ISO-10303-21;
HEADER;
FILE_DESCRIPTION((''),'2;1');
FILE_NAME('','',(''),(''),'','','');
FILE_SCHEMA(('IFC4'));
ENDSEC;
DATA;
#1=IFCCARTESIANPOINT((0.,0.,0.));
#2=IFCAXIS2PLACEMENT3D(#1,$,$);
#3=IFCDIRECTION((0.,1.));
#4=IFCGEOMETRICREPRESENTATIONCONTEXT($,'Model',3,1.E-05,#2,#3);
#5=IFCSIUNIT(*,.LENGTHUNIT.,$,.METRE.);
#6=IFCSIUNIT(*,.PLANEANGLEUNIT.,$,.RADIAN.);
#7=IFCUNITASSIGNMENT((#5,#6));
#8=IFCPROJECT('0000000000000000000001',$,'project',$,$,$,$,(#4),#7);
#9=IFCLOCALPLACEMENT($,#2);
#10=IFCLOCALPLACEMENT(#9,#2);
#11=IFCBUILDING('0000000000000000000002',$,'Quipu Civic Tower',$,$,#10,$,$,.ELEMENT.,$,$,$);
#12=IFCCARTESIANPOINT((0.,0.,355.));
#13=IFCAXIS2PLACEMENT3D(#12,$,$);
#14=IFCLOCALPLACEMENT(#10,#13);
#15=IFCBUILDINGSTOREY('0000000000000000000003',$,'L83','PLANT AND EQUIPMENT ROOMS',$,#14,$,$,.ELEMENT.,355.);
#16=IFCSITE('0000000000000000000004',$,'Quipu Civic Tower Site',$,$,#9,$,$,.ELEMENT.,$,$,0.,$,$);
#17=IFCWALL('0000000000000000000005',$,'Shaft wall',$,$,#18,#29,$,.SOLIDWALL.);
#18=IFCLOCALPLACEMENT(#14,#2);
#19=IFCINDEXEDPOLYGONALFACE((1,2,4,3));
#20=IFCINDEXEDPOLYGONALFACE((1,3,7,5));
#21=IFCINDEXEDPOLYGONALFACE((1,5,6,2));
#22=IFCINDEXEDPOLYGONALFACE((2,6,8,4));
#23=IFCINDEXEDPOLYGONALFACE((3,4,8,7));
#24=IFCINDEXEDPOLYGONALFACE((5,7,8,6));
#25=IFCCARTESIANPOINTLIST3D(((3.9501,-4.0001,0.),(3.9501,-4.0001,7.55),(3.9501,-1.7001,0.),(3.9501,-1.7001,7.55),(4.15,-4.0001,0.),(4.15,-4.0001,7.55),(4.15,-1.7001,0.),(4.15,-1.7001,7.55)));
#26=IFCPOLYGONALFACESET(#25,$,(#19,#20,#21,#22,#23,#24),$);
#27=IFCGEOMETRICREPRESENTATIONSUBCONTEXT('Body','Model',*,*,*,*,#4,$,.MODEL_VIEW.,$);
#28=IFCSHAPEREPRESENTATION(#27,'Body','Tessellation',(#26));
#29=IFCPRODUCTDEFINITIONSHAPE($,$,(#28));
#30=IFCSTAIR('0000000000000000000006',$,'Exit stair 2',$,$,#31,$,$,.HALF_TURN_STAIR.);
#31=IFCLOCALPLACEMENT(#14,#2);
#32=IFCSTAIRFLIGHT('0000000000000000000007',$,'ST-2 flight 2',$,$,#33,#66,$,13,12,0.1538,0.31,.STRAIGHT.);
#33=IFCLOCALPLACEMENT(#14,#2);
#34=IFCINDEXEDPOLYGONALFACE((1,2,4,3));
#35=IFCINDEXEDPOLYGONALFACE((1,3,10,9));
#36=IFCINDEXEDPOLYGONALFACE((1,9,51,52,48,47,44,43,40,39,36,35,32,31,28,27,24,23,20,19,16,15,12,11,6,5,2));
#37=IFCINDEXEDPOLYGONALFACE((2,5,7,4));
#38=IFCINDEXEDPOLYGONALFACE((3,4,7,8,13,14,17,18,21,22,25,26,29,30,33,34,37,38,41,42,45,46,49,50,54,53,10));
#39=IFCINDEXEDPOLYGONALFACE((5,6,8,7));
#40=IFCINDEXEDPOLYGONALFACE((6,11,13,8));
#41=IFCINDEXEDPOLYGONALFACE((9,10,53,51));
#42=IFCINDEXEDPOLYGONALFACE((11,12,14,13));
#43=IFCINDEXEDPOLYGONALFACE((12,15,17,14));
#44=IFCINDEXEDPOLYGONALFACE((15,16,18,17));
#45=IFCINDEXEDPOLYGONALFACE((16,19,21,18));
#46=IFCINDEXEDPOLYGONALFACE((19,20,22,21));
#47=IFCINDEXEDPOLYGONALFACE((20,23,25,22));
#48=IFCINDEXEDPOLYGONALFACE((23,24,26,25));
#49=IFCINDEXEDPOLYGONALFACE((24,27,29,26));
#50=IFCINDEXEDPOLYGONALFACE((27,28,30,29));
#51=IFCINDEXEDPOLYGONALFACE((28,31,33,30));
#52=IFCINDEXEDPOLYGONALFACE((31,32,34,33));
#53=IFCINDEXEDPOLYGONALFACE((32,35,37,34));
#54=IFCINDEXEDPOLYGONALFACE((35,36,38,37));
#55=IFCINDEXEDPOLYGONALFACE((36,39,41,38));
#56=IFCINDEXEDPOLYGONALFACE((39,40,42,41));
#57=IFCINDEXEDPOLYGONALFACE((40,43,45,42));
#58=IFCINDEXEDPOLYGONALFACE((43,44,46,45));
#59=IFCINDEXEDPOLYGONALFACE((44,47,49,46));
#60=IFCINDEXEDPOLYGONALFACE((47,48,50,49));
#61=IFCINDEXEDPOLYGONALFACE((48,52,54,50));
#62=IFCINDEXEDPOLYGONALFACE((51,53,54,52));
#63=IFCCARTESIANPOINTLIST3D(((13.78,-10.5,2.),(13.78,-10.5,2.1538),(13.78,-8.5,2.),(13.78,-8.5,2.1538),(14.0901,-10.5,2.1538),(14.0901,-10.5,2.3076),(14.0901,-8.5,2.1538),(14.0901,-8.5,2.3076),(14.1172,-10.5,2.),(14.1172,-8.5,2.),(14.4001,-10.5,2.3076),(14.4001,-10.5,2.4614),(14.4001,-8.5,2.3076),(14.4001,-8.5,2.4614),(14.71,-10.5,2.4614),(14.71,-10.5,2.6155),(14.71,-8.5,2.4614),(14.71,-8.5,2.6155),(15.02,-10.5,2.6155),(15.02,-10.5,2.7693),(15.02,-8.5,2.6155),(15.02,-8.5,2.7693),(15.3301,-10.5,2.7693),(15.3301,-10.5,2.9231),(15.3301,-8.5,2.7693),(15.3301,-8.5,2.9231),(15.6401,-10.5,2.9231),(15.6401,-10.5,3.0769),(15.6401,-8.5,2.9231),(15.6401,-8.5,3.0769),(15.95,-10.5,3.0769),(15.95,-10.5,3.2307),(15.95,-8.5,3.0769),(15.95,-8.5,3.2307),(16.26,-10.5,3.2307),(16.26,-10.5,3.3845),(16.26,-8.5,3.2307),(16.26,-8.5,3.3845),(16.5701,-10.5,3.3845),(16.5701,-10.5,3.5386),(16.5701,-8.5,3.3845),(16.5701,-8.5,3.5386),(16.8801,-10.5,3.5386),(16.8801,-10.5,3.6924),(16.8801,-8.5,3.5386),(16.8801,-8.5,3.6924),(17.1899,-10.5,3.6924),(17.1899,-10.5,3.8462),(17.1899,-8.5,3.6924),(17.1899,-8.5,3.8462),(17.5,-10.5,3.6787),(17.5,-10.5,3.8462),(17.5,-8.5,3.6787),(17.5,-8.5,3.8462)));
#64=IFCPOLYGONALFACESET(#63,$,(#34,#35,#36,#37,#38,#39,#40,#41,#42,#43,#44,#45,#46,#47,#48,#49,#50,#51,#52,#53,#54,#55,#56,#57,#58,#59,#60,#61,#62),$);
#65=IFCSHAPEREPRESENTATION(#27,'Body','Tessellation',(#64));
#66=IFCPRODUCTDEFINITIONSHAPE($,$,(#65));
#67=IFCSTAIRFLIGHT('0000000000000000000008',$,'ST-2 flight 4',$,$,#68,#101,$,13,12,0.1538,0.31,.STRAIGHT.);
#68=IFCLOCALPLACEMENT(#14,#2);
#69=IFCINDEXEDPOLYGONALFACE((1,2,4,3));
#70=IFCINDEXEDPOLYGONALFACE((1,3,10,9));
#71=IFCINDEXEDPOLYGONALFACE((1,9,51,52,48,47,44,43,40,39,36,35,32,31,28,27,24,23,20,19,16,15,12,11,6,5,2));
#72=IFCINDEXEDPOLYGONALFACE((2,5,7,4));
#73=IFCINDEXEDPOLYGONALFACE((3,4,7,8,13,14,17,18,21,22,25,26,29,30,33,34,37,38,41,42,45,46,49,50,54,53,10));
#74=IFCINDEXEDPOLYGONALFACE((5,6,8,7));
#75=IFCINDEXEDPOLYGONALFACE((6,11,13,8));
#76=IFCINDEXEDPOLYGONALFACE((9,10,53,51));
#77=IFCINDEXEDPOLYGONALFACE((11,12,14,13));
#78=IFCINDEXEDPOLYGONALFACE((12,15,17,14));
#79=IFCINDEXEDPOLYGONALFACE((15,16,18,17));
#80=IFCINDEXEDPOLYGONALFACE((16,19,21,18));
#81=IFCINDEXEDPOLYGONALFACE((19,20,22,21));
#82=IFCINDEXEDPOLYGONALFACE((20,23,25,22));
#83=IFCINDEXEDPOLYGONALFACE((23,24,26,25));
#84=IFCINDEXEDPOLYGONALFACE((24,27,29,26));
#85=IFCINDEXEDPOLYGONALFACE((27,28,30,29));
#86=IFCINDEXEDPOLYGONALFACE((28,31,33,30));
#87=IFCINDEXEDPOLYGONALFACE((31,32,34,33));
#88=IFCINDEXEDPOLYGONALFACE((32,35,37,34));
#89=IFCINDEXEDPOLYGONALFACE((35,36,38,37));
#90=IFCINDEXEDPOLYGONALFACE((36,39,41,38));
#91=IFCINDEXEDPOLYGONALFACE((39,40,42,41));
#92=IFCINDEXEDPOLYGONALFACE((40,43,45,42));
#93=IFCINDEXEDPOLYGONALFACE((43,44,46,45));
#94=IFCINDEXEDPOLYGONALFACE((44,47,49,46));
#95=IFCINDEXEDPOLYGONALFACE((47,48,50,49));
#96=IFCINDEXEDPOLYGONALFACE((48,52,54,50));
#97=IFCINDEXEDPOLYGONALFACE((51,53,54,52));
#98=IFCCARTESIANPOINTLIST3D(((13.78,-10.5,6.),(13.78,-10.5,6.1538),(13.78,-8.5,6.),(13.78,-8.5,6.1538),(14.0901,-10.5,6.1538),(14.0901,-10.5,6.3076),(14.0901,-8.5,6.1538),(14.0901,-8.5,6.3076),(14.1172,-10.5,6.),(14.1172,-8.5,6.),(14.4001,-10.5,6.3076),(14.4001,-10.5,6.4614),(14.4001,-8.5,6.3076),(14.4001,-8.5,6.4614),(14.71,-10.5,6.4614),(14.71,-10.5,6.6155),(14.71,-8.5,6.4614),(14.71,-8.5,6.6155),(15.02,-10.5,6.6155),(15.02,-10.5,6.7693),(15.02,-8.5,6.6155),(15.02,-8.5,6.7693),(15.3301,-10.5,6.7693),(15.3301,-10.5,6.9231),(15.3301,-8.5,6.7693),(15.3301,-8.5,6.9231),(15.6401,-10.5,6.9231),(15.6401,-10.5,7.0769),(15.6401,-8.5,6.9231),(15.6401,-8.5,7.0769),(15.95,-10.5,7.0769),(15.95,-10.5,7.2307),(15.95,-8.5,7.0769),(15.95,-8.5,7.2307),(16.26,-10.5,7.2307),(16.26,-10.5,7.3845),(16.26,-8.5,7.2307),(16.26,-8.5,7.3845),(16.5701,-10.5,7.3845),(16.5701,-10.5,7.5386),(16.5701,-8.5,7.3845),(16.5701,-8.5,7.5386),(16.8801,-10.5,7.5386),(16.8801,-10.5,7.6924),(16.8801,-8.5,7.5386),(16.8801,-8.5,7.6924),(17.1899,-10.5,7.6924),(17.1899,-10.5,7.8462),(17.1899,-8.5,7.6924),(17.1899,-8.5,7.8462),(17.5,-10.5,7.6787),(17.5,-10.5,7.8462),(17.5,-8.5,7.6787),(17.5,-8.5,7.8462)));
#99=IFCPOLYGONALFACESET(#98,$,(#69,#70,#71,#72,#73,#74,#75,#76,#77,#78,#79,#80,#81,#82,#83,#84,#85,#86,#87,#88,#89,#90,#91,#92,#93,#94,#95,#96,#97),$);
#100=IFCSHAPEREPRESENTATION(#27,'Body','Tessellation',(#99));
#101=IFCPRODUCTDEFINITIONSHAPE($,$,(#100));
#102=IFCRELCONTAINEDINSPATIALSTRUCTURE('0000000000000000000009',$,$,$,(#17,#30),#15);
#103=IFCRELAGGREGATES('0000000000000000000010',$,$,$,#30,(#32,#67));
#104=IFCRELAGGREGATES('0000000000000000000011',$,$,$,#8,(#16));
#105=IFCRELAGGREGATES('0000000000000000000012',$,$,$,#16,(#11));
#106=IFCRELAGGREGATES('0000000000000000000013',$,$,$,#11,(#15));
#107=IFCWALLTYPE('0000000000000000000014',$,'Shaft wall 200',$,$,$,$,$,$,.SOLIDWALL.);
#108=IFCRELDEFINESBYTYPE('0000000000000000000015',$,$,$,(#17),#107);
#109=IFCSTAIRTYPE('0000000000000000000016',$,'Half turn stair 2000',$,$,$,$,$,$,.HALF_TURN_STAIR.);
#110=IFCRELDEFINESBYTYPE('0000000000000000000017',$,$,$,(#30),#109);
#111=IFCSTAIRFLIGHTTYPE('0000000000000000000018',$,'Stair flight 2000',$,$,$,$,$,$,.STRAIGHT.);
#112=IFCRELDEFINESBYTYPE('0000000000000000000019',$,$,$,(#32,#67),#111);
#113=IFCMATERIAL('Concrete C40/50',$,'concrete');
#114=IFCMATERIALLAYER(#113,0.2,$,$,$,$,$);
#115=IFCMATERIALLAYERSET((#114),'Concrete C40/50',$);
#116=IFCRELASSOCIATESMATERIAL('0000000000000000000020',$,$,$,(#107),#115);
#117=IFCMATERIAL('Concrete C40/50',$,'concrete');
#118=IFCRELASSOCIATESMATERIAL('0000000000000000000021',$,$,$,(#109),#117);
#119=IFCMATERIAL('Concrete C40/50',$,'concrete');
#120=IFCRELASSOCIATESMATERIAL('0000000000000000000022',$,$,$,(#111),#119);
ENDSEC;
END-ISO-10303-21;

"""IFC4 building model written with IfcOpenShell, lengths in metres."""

from ifc_helpers import new_model, si_unit, direction, frame, frame_2d, origin, place, context, subcontext, project, spatial, polyline, rectangle, outline, extrude, material, layer, layer_set, type_object, element, aggregate, save


model = new_model("IFC4")

# Units and contexts
model_context = context("Model", 3, precision=1e-05, world=origin(), true_north=direction((0.0, 1.0)))
body_context = subcontext(model_context, "Body", "Model", "MODEL_VIEW")
ifc_project = project(units=[si_unit("LENGTHUNIT", "METRE"), si_unit("PLANEANGLEUNIT", "RADIAN")], contexts=[model_context])

# Site, building, storey
site_placement = place(None, origin())
site = spatial("IfcSite", under=ifc_project, at=site_placement, Name="Quipu Civic Tower Site", CompositionType="ELEMENT", RefElevation=0.0)
building_placement = place(site_placement, origin())
building = spatial("IfcBuilding", under=site, at=building_placement, Name="Quipu Civic Tower", CompositionType="ELEMENT")
storey_placement = place(building_placement, frame((0.0, 0.0, 355.0)))
storey = spatial("IfcBuildingStorey", under=building, at=storey_placement, Name="L83", Description="PLANT AND EQUIPMENT ROOMS", CompositionType="ELEMENT", Elevation=355.0)

# Wall
ifc_material_1 = material(Name="Concrete C40/50", Category="concrete")
ifc_layer_1 = layer(ifc_material_1, 0.2)
ifc_layer_set_1 = layer_set([ifc_layer_1], Name="Concrete C40/50")
wall_type_1 = type_object("IfcWallType", Name="Shaft wall 200", PredefinedType="SOLIDWALL", material=ifc_layer_set_1)
for number, where, z_axis, x_axis, name in (
    (1, (4.05, -4.0, 0.0), (0.0, 0.0, 1.0), (0.0, 1.0, 0.0), "Shaft wall"),
):
    element("IfcWall", number, at=place(storey_placement, frame(where, z_axis=z_axis, x_axis=x_axis)), inside=storey, type_object=wall_type_1, Name=name, PredefinedType="SOLIDWALL", context=body_context, shape_type="SweptSolid", body=[
        extrude(rectangle(XDim=2.3, YDim=0.2, at=frame_2d((1.1499, 0.0))), origin(), (0.0, 0.0, 1.0), 7.55),
    ])

# Stair, stair flights
ifc_material_2 = material(Name="Concrete C40/50", Category="concrete")
stair_type = type_object("IfcStairType", Name="Half turn stair 2000", PredefinedType="HALF_TURN_STAIR", material=ifc_material_2)
stair_placement = place(storey_placement, origin())
stair = element("IfcStair", 2, at=stair_placement, inside=storey, type_object=stair_type, Name="Exit stair 2", PredefinedType="HALF_TURN_STAIR")
ifc_material_3 = material(Name="Concrete C40/50", Category="concrete")
stair_flight_type = type_object("IfcStairFlightType", Name="Stair flight 2000", PredefinedType="STRAIGHT", material=ifc_material_3)
stair_flight_1_placement = place(storey_placement, frame((13.78, -9.5, 2.0), z_axis=(0.0, 0.0, 1.0), x_axis=(1.0, 0.0, 0.0)))
stair_flight_1 = element("IfcStairFlight", 3, at=stair_flight_1_placement, type_object=stair_flight_type, Name="ST-2 flight 2", NumberOfRisers=13, NumberOfTreads=12, PredefinedType="STRAIGHT", RiserHeight=0.1538, TreadLength=0.31, context=body_context, shape_type="SweptSolid", body=[
    extrude(outline(polyline([(0.0, 0.0), (0.0, 0.1538), (0.3101, 0.1538), (0.3101, 0.3076), (0.6201, 0.3076), (0.6201, 0.4614), (0.9299, 0.4614), (0.9299, 0.6155), (1.24, 0.6155), (1.24, 0.7693), (1.55, 0.7693), (1.55, 0.9231), (1.8601, 0.9231), (1.8601, 1.0769), (2.1699, 1.0769), (2.1699, 1.2307), (2.48, 1.2307), (2.48, 1.3845), (2.79, 1.3845), (2.79, 1.5386), (3.1001, 1.5386), (3.1001, 1.6924), (3.4099, 1.6924), (3.4099, 1.8462), (3.72, 1.8462), (3.72, 2.0), (3.72, 1.6787), (0.3372, 0.0), (0.0, 0.0)])), frame((0.0, 1.0, 0.0), z_axis=(0.0, -1.0, 0.0), x_axis=(1.0, 0.0, 0.0)), (0.0, 0.0, 1.0), 2.0),
])
stair_flight_2_placement = place(storey_placement, frame((13.78, -9.5, 6.0), z_axis=(0.0, 0.0, 1.0), x_axis=(1.0, 0.0, 0.0)))
stair_flight_2 = element("IfcStairFlight", 4, at=stair_flight_2_placement, type_object=stair_flight_type, Name="ST-2 flight 4", NumberOfRisers=13, NumberOfTreads=12, PredefinedType="STRAIGHT", RiserHeight=0.1538, TreadLength=0.31, context=body_context, shape_type="SweptSolid", body=[
    extrude(outline(polyline([(0.0, 0.0), (0.0, 0.1538), (0.3101, 0.1538), (0.3101, 0.3076), (0.6201, 0.3076), (0.6201, 0.4614), (0.9299, 0.4614), (0.9299, 0.6155), (1.24, 0.6155), (1.24, 0.7693), (1.55, 0.7693), (1.55, 0.9231), (1.8601, 0.9231), (1.8601, 1.0769), (2.1699, 1.0769), (2.1699, 1.2307), (2.48, 1.2307), (2.48, 1.3845), (2.79, 1.3845), (2.79, 1.5386), (3.1001, 1.5386), (3.1001, 1.6924), (3.4099, 1.6924), (3.4099, 1.8462), (3.72, 1.8462), (3.72, 2.0), (3.72, 1.6787), (0.3372, 0.0), (0.0, 0.0)])), frame((0.0, 1.0, 0.0), z_axis=(0.0, -1.0, 0.0), x_axis=(1.0, 0.0, 0.0)), (0.0, 0.0, 1.0), 2.0),
])
aggregate(stair, [stair_flight_1, stair_flight_2])

save(model, "model.ifc")
